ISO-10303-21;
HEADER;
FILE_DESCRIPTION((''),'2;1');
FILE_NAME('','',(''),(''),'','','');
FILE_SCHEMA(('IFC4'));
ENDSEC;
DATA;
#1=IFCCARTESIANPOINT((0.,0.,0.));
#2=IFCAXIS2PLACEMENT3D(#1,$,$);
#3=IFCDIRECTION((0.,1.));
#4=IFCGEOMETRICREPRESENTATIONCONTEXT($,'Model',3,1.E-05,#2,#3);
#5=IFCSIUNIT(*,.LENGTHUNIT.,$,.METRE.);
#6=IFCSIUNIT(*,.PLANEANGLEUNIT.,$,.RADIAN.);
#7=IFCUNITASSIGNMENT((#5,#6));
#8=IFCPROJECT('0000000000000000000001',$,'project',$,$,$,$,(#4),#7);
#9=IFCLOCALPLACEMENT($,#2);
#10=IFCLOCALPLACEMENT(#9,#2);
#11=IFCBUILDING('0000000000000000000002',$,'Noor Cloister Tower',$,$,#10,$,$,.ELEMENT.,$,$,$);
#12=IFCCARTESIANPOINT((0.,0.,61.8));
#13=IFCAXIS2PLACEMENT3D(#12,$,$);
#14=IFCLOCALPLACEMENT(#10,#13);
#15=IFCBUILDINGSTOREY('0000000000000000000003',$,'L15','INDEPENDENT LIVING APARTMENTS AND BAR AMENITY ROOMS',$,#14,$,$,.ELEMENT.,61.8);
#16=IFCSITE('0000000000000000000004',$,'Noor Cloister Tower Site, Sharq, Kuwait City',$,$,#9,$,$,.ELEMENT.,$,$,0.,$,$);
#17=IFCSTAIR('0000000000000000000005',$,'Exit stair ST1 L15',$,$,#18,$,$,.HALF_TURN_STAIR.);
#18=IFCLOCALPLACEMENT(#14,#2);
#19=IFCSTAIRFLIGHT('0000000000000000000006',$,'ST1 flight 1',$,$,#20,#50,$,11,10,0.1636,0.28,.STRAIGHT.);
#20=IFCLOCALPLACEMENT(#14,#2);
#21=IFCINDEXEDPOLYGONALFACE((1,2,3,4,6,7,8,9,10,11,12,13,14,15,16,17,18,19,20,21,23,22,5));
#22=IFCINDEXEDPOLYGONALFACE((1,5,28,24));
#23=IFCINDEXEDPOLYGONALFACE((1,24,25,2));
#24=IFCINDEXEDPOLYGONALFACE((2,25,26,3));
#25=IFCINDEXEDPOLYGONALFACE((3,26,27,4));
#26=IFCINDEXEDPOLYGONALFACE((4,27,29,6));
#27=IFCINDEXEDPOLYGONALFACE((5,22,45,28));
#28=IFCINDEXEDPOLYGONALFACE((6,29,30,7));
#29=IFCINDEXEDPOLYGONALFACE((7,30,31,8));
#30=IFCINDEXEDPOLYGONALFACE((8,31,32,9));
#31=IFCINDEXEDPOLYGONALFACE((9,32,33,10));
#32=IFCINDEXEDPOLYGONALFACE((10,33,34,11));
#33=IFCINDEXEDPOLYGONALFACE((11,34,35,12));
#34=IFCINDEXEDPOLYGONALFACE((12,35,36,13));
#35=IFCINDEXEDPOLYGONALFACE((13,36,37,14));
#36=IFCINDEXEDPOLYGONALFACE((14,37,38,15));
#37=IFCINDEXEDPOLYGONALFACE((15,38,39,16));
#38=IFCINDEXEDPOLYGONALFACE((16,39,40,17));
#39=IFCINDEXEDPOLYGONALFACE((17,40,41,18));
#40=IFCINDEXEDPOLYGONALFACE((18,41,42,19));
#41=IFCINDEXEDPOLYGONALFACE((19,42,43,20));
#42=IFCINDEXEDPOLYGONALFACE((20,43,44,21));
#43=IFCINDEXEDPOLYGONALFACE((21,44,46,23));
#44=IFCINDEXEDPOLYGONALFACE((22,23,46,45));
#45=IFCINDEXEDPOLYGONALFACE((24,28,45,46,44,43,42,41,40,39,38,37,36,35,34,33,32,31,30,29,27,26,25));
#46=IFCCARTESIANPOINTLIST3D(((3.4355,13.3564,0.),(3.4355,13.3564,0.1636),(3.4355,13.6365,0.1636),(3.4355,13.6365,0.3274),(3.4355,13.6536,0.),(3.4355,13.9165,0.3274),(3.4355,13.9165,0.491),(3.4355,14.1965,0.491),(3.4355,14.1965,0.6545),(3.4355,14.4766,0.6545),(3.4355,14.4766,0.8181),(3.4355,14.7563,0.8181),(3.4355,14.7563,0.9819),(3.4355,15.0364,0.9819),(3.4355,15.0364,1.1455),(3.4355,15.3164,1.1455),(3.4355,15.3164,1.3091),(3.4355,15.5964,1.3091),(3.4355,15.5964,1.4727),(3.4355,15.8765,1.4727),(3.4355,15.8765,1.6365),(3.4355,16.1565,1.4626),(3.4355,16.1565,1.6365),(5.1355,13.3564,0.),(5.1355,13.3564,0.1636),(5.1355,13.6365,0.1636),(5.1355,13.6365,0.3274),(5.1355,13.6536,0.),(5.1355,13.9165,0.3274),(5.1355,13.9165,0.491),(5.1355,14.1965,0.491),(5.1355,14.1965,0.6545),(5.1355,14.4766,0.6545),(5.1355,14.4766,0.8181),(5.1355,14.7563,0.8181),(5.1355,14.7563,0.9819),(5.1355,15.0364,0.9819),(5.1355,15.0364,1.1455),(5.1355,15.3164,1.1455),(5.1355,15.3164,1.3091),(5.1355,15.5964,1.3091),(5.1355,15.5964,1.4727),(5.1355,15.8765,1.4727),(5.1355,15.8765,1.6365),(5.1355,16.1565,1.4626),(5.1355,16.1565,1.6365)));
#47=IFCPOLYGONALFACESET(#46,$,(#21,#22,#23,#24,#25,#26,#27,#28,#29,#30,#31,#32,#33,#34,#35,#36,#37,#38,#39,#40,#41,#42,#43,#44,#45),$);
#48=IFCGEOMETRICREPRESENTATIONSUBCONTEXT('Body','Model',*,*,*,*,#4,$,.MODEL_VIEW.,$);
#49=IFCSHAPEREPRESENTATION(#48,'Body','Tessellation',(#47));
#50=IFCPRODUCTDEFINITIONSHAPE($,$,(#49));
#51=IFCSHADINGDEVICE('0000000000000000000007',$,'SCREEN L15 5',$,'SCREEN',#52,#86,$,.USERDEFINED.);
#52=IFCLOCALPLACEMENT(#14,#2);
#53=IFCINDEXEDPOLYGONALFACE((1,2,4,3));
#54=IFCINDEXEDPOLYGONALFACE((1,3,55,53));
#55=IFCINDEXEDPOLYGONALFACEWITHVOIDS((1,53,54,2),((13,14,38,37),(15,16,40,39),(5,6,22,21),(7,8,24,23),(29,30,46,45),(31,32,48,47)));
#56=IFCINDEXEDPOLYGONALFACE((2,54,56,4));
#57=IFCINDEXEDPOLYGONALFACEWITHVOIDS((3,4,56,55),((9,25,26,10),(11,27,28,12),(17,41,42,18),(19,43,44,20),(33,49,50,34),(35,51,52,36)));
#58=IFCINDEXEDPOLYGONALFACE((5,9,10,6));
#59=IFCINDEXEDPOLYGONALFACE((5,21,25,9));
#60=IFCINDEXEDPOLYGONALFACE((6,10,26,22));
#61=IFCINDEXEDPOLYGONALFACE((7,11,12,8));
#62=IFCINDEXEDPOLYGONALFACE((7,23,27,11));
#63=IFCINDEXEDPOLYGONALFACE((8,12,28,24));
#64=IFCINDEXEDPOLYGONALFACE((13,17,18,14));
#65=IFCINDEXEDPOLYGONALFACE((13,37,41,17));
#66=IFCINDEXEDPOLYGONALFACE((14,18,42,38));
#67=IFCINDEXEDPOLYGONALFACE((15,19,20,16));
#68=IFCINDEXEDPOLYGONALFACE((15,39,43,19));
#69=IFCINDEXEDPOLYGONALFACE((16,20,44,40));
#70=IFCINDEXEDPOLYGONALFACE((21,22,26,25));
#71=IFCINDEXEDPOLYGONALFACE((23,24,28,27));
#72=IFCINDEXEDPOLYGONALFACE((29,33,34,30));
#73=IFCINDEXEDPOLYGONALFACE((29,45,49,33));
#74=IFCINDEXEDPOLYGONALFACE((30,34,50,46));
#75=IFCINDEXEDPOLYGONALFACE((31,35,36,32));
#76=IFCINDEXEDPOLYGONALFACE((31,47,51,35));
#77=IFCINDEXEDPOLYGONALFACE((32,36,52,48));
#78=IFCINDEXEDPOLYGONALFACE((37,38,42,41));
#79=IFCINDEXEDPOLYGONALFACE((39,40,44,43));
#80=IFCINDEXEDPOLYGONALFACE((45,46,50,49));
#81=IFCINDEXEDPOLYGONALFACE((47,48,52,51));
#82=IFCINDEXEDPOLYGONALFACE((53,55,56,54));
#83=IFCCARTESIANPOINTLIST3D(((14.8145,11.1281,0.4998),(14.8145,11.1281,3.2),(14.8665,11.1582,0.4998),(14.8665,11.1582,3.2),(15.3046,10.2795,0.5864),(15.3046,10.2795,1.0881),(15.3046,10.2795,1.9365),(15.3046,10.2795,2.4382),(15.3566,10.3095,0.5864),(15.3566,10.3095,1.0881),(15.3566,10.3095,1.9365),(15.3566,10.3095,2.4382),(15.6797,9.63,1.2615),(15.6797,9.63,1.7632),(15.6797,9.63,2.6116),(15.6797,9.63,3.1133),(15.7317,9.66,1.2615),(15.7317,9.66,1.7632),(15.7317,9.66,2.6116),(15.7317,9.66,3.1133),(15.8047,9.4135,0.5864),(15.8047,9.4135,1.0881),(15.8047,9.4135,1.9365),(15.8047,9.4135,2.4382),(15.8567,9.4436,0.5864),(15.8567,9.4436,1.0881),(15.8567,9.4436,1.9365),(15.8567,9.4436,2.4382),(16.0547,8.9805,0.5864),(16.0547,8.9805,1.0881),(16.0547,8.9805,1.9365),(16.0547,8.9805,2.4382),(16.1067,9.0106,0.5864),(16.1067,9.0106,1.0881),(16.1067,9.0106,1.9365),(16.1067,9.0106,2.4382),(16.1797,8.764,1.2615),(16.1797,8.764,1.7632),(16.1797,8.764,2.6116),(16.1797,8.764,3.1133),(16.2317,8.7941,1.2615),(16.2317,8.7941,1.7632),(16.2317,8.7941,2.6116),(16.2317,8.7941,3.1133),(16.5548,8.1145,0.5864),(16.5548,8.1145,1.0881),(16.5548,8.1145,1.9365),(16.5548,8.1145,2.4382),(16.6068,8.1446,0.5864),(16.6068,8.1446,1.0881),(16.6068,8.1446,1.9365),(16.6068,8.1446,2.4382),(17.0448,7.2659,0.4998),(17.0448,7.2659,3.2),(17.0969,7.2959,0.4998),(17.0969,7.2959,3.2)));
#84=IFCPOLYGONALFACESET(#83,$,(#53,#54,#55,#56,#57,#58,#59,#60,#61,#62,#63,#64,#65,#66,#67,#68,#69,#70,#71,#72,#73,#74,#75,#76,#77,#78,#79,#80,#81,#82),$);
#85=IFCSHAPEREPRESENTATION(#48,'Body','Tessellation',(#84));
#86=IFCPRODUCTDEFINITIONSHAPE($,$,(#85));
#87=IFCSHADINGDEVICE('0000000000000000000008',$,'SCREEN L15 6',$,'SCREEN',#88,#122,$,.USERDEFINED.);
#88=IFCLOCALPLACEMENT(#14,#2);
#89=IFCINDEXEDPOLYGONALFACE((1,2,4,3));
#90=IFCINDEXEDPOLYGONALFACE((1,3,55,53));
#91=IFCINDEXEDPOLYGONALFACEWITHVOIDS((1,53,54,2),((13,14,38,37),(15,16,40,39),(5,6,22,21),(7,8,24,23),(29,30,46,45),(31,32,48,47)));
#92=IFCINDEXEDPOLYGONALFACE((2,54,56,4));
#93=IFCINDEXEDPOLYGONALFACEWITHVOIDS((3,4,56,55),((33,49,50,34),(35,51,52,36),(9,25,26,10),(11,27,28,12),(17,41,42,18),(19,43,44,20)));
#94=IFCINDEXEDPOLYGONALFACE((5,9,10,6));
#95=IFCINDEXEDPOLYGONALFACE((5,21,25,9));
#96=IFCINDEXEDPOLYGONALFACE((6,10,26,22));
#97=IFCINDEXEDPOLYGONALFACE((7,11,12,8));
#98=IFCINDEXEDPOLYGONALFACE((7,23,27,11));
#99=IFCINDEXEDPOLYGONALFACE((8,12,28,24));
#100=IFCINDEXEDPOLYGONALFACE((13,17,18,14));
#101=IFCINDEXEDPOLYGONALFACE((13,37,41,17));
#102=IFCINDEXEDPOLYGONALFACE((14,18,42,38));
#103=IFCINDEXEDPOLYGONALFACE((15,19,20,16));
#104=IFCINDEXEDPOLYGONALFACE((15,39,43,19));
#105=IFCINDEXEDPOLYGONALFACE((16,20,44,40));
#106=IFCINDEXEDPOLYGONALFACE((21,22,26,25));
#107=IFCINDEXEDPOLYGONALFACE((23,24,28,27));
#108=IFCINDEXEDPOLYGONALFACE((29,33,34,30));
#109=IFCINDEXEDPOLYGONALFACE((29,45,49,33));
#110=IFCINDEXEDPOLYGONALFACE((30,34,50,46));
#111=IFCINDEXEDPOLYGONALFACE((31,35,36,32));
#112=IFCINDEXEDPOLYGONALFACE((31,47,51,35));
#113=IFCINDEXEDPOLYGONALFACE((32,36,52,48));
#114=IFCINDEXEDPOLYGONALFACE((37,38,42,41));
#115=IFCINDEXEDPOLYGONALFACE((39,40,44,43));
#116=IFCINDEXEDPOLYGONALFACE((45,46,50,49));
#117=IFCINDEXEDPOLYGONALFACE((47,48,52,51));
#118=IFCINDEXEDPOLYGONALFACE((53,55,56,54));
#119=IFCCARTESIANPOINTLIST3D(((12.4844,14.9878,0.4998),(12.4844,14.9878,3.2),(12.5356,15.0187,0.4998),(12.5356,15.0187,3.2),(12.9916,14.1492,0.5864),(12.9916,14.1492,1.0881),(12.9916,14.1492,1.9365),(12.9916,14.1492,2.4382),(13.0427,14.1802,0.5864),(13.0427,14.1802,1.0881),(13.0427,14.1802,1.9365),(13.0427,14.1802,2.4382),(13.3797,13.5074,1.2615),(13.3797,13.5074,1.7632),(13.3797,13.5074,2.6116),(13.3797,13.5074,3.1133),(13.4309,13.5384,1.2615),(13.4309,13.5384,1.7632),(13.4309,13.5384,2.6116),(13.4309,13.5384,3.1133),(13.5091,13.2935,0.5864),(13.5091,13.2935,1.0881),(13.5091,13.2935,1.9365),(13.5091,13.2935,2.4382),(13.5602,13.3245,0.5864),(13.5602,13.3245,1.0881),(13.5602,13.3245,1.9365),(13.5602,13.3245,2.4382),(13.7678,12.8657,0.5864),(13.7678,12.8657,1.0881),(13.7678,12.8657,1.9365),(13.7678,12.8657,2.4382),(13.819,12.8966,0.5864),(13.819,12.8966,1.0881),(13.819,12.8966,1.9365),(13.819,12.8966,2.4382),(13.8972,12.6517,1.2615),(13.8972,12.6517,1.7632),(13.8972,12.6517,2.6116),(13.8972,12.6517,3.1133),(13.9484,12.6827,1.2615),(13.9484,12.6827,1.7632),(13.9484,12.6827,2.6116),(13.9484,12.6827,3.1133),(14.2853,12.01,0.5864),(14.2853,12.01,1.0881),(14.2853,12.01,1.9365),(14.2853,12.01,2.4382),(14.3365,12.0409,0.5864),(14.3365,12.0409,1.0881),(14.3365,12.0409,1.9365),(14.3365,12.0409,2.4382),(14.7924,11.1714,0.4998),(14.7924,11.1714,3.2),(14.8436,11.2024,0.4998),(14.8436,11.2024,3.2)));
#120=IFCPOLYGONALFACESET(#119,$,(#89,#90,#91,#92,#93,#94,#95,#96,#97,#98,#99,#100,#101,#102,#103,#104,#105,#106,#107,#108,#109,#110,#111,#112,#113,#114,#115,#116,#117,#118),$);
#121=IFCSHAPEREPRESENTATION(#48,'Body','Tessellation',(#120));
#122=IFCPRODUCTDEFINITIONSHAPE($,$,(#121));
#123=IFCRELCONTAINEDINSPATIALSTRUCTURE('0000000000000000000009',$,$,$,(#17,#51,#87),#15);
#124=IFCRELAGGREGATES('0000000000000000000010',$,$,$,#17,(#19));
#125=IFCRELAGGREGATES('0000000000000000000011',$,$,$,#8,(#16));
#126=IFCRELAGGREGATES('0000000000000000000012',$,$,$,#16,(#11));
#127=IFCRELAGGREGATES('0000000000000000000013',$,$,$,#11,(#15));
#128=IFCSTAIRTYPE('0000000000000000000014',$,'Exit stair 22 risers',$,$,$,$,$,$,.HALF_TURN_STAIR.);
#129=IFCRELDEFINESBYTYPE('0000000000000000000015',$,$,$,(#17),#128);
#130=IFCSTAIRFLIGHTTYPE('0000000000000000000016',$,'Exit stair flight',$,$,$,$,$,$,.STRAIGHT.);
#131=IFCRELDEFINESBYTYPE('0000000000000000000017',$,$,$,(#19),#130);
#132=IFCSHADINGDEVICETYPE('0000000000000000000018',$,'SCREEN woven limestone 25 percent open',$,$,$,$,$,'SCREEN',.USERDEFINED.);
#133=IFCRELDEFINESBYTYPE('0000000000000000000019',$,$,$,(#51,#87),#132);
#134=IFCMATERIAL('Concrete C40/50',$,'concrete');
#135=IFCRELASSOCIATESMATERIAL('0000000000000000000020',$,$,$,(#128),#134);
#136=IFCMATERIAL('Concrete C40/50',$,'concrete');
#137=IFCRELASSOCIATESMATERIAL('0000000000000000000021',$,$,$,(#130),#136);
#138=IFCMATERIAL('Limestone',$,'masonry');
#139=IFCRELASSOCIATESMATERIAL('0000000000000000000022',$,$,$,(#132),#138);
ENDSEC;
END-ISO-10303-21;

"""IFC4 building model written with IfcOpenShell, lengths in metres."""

from ifc_helpers import new_model, si_unit, direction, frame, origin, place, context, subcontext, project, spatial, polyline, outline, extrude, material, material_profile, profile_set, type_object, element, aggregate, save


model = new_model("IFC4")

# Units and contexts
model_context = context("Model", 3, precision=1e-05, world=origin(), true_north=direction((0.0, 1.0)))
body_context = subcontext(model_context, "Body", "Model", "MODEL_VIEW")
ifc_project = project(units=[si_unit("LENGTHUNIT", "METRE"), si_unit("PLANEANGLEUNIT", "RADIAN")], contexts=[model_context])

# Site, building, storey
site_placement = place(None, origin())
site = spatial("IfcSite", under=ifc_project, at=site_placement, Name="Noor Cloister Tower Site, Sharq, Kuwait City", CompositionType="ELEMENT", RefElevation=0.0)
building_placement = place(site_placement, origin())
building = spatial("IfcBuilding", under=site, at=building_placement, Name="Noor Cloister Tower", CompositionType="ELEMENT")
storey_placement = place(building_placement, frame((0.0, 0.0, 61.8)))
storey = spatial("IfcBuildingStorey", under=building, at=storey_placement, Name="L15", Description="INDEPENDENT LIVING APARTMENTS AND BAR AMENITY ROOMS", CompositionType="ELEMENT", Elevation=61.8)

# Stair, stair flight
ifc_material_1 = material(Name="Concrete C40/50", Category="concrete")
stair_type = type_object("IfcStairType", Name="Exit stair 22 risers", PredefinedType="HALF_TURN_STAIR", material=ifc_material_1)
stair_placement = place(storey_placement, origin())
stair = element("IfcStair", 1, at=stair_placement, inside=storey, type_object=stair_type, Name="Exit stair ST1 L15", PredefinedType="HALF_TURN_STAIR")
ifc_material_2 = material(Name="Concrete C40/50", Category="concrete")
stair_flight_type = type_object("IfcStairFlightType", Name="Exit stair flight", PredefinedType="STRAIGHT", material=ifc_material_2)
stair_flight_placement = place(storey_placement, frame((4.2856, 13.3564, 0.0), z_axis=(0.0, 0.0, 1.0), x_axis=(0.0, 1.0, 0.0)))
stair_flight = element("IfcStairFlight", 2, at=stair_flight_placement, type_object=stair_flight_type, Name="ST1 flight 1", NumberOfRisers=11, NumberOfTreads=10, PredefinedType="STRAIGHT", RiserHeight=0.1636, TreadLength=0.28, context=body_context, shape_type="SweptSolid", body=[
    extrude(outline(polyline([(0.0, 0.0), (0.0, 0.1636), (0.28, 0.1636), (0.28, 0.3274), (0.5601, 0.3274), (0.5601, 0.491), (0.8401, 0.491), (0.8401, 0.6545), (1.1201, 0.6545), (1.1201, 0.8181), (1.3999, 0.8181), (1.3999, 0.9819), (1.6799, 0.9819), (1.6799, 1.1455), (1.96, 1.1455), (1.96, 1.3091), (2.24, 1.3091), (2.24, 1.4727), (2.52, 1.4727), (2.52, 1.6365), (2.8, 1.6365), (2.8, 1.8), (2.8, 1.4626), (0.2971, 0.0), (0.0, 0.0)])), frame((0.0, 0.8501, 0.0), z_axis=(0.0, -1.0, 0.0), x_axis=(1.0, 0.0, 0.0)), (0.0, 0.0, 1.0), 1.7),
])
aggregate(stair, [stair_flight])

# Shading devices
ifc_material_3 = material(Name="Limestone", Category="masonry")
ifc_material_profile_1 = material_profile(ifc_material_3, outline(polyline([(-2.23, -1.3501), (2.23, -1.3501), (2.23, 1.3501), (-2.23, 1.3501), (-2.23, -1.3501)]), holes=[polyline([(-1.25, -1.2634), (-0.25, -1.2634), (-0.25, -0.7617), (-1.25, -0.7617), (-1.25, -1.2634)]), polyline([(0.25, -1.2634), (1.25, -1.2634), (1.25, -0.7617), (0.25, -0.7617), (0.25, -1.2634)]), polyline([(-0.5, -0.5884), (0.5, -0.5884), (0.5, -0.0867), (-0.5, -0.0867), (-0.5, -0.5884)]), polyline([(-1.25, 0.0867), (-0.25, 0.0867), (-0.25, 0.5884), (-1.25, 0.5884), (-1.25, 0.0867)]), polyline([(0.25, 0.0867), (1.25, 0.0867), (1.25, 0.5884), (0.25, 0.5884), (0.25, 0.0867)]), polyline([(-0.5, 0.7617), (0.5, 0.7617), (0.5, 1.2634), (-0.5, 1.2634), (-0.5, 0.7617)])]), Name="Woven screen 25 percent open")
ifc_profile_set_1 = profile_set([ifc_material_profile_1], Name="Limestone")
shading_device_type = type_object("IfcShadingDeviceType", Name="SCREEN woven limestone 25 percent open", ElementType="SCREEN", PredefinedType="USERDEFINED", material=ifc_profile_set_1)
shading_device_1_placement = place(storey_placement, frame((15.9297, 9.197, 1.8499), z_axis=(0.865982, 0.500074, 0.0), x_axis=(-0.500074, 0.865982, 0.0)))
element("IfcShadingDevice", 3, at=shading_device_1_placement, inside=storey, type_object=shading_device_type, Name="SCREEN L15 5", ObjectType="SCREEN", PredefinedType="USERDEFINED", context=body_context, shape_type="SweptSolid", body=[
    extrude(outline(polyline([(-2.23, -1.3501), (2.23, -1.3501), (2.23, 1.3501), (-2.23, 1.3501), (-2.23, -1.3501)]), holes=[polyline([(-1.25, -1.2634), (-0.25, -1.2634), (-0.25, -0.7617), (-1.25, -0.7617), (-1.25, -1.2634)]), polyline([(0.25, -1.2634), (1.25, -1.2634), (1.25, -0.7617), (0.25, -0.7617), (0.25, -1.2634)]), polyline([(-0.5, -0.5884), (0.5, -0.5884), (0.5, -0.0867), (-0.5, -0.0867), (-0.5, -0.5884)]), polyline([(-1.25, 0.0867), (-0.25, 0.0867), (-0.25, 0.5884), (-1.25, 0.5884), (-1.25, 0.0867)]), polyline([(0.25, 0.0867), (1.25, 0.0867), (1.25, 0.5884), (0.25, 0.5884), (0.25, 0.0867)]), polyline([(-0.5, 0.7617), (0.5, 0.7617), (0.5, 1.2634), (-0.5, 1.2634), (-0.5, 0.7617)])]), origin(), (0.0, 0.0, 1.0), 0.0601),
])
shading_device_2_placement = place(storey_placement, frame((13.6384, 13.0796, 1.8499), z_axis=(0.85569, 0.517489, 0.0), x_axis=(-0.517489, 0.85569, 0.0)))
element("IfcShadingDevice", 4, at=shading_device_2_placement, inside=storey, type_object=shading_device_type, Name="SCREEN L15 6", ObjectType="SCREEN", PredefinedType="USERDEFINED", context=body_context, shape_type="SweptSolid", body=[
    extrude(outline(polyline([(-2.23, -1.3501), (2.23, -1.3501), (2.23, 1.3501), (-2.23, 1.3501), (-2.23, -1.3501)]), holes=[polyline([(-1.25, -1.2634), (-0.25, -1.2634), (-0.25, -0.7617), (-1.25, -0.7617), (-1.25, -1.2634)]), polyline([(0.25, -1.2634), (1.25, -1.2634), (1.25, -0.7617), (0.25, -0.7617), (0.25, -1.2634)]), polyline([(-0.5, -0.5884), (0.5, -0.5884), (0.5, -0.0867), (-0.5, -0.0867), (-0.5, -0.5884)]), polyline([(-1.25, 0.0867), (-0.25, 0.0867), (-0.25, 0.5884), (-1.25, 0.5884), (-1.25, 0.0867)]), polyline([(0.25, 0.0867), (1.25, 0.0867), (1.25, 0.5884), (0.25, 0.5884), (0.25, 0.0867)]), polyline([(-0.5, 0.7617), (0.5, 0.7617), (0.5, 1.2634), (-0.5, 1.2634), (-0.5, 0.7617)])]), origin(), (0.0, 0.0, 1.0), 0.0598),
])

save(model, "model.ifc")
